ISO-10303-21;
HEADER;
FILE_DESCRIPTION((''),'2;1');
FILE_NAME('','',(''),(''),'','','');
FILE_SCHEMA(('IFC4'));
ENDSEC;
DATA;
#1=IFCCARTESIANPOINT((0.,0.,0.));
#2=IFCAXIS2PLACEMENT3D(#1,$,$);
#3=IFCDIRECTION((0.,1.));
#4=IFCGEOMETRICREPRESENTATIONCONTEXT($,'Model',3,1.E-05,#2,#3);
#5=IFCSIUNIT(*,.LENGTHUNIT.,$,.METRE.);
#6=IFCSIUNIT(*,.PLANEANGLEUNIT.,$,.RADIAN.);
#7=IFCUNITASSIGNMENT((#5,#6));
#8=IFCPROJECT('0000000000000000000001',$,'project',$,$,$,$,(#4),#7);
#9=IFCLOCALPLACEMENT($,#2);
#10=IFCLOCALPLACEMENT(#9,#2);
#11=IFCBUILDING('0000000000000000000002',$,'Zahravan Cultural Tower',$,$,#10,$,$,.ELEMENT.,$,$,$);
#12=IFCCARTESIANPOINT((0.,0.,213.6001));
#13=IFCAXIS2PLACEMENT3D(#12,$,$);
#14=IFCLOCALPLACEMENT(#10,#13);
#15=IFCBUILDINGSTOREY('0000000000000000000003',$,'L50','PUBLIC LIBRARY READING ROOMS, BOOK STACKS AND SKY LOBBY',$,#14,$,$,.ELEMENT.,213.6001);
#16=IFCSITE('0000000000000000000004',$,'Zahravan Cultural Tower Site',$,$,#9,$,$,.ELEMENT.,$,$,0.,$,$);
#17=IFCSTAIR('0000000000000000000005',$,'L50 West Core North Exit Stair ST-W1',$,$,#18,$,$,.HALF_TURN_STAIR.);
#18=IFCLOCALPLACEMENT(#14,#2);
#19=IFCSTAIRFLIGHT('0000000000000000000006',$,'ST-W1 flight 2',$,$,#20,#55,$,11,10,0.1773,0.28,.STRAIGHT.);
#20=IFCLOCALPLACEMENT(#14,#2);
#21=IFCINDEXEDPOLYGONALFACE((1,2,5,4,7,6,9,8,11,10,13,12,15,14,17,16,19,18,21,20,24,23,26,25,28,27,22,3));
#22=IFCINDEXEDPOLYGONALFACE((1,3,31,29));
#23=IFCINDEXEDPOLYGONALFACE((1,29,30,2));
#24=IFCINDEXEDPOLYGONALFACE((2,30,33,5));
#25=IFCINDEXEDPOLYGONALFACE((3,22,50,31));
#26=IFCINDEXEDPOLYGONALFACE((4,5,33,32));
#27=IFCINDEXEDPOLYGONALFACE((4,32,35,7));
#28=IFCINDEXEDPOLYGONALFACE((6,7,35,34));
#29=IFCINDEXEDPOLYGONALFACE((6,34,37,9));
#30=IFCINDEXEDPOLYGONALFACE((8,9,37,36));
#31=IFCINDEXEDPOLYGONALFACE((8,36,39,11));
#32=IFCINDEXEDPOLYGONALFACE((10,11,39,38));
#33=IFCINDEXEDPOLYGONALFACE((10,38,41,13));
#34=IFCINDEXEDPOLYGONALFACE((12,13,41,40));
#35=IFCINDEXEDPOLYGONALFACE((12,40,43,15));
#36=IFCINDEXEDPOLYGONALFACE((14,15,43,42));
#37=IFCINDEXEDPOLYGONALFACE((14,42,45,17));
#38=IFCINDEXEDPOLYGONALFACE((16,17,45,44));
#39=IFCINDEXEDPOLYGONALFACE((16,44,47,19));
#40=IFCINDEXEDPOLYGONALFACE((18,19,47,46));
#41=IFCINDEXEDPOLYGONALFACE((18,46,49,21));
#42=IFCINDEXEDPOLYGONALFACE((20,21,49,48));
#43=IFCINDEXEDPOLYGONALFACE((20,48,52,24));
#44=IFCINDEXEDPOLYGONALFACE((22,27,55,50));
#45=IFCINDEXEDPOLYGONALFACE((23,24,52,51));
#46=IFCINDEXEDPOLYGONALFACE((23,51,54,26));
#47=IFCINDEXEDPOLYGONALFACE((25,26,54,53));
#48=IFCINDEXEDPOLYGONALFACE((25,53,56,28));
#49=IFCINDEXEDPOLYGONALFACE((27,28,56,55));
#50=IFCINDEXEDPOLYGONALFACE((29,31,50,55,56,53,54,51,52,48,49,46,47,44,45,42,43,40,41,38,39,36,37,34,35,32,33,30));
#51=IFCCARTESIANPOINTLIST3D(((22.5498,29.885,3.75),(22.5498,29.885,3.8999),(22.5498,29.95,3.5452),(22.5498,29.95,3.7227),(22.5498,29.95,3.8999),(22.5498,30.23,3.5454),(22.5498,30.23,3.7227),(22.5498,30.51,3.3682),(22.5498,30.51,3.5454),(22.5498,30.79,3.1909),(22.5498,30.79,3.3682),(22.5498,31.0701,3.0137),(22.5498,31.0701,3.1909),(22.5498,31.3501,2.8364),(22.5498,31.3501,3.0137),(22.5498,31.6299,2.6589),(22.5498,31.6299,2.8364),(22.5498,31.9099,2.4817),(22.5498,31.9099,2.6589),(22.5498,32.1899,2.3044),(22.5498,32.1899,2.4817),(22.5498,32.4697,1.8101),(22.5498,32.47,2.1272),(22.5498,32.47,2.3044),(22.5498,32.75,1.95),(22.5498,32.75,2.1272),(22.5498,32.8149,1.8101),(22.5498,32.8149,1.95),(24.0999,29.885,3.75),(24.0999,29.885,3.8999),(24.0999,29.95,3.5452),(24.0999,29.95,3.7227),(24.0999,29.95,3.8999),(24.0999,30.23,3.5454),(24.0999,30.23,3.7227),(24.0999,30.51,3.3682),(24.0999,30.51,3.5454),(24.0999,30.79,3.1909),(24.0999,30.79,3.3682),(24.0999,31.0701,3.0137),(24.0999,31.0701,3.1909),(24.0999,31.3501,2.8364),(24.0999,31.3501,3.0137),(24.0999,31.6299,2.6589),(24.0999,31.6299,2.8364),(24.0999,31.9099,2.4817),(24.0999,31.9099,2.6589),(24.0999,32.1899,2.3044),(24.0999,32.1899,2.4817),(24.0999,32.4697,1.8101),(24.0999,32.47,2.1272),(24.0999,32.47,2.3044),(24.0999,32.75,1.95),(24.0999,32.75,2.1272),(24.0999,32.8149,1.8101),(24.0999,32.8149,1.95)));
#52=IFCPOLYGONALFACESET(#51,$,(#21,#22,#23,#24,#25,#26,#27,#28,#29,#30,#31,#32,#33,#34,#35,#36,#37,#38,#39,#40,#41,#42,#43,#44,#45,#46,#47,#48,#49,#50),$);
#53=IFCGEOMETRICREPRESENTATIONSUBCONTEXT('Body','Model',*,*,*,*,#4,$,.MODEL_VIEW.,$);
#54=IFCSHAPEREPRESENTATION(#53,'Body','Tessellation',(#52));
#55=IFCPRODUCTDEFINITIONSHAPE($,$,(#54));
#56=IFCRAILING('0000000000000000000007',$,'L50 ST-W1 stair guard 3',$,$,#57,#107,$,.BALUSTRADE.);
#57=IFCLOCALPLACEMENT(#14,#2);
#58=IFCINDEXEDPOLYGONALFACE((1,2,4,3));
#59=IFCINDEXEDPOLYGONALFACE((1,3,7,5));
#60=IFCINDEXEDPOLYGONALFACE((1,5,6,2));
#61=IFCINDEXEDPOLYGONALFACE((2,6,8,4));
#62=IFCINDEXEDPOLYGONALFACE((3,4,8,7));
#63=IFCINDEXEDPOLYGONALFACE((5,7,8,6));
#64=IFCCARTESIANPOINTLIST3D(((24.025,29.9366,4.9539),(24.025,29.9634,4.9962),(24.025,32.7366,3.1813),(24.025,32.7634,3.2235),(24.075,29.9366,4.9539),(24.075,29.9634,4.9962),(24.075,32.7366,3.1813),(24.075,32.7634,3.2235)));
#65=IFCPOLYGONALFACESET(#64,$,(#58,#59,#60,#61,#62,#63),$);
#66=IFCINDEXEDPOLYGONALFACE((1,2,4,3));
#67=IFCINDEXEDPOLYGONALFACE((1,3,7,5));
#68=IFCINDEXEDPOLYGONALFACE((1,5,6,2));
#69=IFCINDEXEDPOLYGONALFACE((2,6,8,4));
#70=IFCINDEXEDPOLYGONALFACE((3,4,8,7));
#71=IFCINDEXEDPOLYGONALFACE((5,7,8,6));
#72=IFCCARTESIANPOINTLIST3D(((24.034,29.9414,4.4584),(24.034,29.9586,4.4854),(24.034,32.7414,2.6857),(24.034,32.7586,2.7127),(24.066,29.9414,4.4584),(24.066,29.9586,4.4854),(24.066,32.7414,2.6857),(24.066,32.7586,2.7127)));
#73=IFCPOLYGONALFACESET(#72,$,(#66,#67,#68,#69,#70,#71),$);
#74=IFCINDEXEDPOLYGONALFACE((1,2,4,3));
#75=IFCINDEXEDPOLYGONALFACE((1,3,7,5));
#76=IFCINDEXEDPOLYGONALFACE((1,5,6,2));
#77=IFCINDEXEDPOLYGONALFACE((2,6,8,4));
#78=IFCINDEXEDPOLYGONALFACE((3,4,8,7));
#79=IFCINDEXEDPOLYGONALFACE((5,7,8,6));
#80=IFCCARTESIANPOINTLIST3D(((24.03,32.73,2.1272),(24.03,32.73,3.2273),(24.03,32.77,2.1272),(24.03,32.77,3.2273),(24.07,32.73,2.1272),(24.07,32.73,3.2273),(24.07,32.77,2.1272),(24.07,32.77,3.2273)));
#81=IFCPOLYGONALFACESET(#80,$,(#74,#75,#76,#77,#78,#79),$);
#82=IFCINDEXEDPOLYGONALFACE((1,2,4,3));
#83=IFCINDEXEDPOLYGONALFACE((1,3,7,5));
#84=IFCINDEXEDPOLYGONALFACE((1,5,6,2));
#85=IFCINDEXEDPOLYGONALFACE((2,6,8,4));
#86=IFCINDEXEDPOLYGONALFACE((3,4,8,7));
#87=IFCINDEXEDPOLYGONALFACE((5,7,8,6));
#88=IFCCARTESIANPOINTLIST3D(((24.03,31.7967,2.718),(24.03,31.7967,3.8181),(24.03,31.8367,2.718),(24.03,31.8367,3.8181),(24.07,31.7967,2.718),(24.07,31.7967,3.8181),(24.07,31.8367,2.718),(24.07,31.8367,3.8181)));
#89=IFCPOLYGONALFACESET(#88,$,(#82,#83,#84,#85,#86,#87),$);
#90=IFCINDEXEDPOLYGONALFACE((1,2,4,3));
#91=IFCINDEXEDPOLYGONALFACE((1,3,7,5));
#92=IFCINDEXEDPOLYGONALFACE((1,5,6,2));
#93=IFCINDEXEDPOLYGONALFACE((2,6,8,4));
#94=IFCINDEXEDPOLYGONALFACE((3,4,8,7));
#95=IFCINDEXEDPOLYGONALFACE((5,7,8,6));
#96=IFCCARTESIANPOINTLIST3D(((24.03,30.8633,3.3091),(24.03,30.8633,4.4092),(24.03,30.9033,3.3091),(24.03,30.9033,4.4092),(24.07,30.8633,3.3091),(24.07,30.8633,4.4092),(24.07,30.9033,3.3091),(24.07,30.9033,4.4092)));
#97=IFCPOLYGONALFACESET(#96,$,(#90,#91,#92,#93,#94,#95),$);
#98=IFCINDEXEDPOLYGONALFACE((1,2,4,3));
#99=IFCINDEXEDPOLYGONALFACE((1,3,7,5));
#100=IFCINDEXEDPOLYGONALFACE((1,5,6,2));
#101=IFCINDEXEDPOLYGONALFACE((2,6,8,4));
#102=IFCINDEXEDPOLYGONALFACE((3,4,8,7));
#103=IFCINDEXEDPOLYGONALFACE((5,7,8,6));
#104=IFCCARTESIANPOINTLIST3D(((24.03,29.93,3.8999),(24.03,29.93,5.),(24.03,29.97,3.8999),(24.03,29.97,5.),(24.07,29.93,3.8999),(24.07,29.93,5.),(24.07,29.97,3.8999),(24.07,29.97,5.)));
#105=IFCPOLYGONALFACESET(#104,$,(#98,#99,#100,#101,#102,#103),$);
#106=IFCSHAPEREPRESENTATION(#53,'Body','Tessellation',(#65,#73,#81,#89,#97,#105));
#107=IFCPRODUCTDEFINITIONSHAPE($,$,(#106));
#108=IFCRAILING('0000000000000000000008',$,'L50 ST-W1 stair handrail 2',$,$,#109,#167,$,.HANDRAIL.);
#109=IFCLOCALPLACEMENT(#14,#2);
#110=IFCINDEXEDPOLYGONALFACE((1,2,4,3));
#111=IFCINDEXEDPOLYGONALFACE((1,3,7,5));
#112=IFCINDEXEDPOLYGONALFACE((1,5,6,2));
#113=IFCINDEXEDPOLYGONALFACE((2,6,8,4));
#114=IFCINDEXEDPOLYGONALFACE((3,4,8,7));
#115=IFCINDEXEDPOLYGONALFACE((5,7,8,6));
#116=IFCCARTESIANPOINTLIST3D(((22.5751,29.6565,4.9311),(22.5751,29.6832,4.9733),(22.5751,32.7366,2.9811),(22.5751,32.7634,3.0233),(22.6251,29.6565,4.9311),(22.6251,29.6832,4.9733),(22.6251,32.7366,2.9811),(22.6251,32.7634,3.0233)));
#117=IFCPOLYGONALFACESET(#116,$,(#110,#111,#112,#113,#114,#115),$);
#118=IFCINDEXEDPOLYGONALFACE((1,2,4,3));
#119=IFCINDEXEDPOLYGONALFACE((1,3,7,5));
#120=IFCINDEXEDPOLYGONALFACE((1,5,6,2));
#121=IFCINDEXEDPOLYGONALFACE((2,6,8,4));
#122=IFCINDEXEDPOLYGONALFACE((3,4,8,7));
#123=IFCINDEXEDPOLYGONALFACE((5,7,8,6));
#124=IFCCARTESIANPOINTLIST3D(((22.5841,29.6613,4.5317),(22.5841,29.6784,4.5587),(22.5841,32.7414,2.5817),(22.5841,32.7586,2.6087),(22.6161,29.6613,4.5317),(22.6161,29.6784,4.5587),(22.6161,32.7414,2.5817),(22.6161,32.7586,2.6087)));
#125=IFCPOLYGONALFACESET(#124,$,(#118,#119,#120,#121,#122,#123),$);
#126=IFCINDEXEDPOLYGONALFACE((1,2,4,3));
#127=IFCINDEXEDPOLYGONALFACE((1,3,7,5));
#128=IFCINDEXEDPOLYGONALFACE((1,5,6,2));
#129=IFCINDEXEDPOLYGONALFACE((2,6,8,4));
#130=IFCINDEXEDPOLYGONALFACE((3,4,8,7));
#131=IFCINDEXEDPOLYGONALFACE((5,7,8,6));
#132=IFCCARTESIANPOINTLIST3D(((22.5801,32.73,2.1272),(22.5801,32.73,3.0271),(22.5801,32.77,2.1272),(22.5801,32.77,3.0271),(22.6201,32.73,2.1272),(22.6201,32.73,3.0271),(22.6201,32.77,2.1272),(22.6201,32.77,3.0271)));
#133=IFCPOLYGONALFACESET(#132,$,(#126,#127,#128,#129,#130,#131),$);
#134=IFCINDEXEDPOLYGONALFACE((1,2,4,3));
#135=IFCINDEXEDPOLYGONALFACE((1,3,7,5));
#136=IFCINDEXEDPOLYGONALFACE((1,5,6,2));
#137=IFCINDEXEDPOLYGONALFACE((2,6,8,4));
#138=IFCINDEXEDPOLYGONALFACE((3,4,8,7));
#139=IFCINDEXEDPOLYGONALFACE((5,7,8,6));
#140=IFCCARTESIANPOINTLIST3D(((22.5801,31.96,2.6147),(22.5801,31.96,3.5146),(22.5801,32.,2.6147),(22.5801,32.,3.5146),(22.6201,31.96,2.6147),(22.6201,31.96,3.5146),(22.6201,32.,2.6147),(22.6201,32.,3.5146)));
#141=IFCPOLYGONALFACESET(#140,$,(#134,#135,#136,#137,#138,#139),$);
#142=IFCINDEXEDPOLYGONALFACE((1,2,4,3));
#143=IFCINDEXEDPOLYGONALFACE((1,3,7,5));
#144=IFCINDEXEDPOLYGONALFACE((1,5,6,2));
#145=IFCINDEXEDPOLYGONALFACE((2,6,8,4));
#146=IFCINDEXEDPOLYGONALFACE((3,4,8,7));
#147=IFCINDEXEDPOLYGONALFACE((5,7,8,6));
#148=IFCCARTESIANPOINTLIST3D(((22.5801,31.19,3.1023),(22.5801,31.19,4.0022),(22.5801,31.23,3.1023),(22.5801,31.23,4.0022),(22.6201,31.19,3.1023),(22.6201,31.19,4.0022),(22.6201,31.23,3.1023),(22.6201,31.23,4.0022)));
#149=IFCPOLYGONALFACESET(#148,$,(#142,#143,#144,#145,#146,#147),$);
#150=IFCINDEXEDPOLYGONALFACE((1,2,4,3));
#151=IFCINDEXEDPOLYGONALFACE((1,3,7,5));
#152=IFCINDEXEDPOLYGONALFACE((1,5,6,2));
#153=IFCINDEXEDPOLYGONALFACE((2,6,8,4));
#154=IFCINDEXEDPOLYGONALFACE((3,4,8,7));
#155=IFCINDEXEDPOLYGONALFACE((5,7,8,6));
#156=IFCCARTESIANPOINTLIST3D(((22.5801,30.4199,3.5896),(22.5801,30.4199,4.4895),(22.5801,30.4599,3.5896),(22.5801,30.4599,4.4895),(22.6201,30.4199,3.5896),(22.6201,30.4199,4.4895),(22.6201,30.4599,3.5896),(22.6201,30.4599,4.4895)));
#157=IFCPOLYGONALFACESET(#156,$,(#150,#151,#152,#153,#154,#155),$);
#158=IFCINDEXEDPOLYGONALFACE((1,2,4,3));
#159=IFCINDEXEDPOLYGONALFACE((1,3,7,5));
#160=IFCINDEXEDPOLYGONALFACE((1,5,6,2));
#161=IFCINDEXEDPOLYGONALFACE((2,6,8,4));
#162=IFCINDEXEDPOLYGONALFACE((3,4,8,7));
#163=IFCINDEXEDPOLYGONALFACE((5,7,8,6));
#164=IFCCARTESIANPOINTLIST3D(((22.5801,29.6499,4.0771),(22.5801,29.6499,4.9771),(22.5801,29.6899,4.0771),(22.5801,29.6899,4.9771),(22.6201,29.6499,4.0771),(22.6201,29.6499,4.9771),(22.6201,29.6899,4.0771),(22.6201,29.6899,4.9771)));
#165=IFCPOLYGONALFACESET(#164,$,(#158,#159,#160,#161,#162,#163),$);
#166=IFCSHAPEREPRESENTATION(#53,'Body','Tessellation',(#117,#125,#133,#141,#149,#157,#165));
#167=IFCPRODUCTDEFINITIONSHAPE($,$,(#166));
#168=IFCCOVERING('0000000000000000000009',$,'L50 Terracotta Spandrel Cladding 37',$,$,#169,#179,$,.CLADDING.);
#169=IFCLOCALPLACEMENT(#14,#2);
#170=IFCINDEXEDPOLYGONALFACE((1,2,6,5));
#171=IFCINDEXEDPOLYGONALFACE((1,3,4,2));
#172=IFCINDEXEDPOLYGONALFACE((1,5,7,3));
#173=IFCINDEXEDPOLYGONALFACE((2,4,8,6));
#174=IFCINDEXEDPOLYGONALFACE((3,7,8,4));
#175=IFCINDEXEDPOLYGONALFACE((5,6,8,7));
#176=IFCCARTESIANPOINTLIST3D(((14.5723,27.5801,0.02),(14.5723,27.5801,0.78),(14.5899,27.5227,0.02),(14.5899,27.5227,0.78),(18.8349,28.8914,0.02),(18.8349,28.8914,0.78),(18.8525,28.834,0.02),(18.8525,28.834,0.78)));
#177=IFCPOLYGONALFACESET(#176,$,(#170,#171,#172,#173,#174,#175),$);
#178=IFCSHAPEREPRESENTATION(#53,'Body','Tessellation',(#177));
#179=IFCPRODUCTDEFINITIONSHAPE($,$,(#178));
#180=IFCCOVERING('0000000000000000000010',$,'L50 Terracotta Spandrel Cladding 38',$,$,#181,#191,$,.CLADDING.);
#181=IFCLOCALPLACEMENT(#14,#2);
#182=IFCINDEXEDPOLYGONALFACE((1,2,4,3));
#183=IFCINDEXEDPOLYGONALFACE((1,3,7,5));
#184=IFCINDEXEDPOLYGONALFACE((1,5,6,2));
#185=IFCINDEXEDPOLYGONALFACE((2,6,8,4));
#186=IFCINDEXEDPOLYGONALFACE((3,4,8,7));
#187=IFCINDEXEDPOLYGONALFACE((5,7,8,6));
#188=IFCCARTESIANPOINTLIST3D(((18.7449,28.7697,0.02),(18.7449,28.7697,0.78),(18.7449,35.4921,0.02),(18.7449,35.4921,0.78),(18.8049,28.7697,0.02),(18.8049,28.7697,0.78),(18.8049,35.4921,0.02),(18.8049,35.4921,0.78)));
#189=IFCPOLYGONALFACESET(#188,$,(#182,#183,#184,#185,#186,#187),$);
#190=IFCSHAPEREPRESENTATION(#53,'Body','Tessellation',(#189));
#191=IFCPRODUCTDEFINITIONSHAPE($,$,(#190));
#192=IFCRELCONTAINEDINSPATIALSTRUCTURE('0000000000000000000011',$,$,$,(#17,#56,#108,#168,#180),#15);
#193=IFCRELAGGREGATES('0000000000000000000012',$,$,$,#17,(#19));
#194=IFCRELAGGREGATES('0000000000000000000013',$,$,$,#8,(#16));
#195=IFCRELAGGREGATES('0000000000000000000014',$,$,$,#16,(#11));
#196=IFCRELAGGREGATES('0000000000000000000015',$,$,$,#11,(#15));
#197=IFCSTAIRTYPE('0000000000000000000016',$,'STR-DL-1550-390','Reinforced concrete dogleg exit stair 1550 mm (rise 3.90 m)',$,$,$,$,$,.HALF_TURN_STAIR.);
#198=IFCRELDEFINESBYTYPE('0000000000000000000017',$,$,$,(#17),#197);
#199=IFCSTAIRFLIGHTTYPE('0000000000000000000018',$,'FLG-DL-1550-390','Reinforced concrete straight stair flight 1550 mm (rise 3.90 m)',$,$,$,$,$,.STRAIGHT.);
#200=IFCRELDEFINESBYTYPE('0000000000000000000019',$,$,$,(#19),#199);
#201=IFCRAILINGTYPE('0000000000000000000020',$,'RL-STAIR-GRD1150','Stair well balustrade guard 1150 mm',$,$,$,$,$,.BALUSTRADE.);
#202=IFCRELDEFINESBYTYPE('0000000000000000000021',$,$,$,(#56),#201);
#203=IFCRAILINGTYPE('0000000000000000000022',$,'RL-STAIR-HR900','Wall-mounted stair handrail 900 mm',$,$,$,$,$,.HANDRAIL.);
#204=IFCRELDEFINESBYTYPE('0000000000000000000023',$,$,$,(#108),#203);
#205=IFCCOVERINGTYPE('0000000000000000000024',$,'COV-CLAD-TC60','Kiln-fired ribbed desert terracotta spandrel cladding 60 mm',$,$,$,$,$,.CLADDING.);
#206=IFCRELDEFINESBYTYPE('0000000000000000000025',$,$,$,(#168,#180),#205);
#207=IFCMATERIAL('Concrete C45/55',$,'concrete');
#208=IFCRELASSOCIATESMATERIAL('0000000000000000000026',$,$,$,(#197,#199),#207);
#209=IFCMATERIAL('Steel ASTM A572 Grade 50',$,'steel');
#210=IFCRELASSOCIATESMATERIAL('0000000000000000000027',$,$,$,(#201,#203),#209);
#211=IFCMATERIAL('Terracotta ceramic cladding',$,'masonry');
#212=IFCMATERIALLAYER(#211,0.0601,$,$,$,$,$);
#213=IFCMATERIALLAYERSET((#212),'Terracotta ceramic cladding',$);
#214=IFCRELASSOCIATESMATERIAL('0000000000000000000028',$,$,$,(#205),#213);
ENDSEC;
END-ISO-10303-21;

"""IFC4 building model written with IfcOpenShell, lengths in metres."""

from ifc_helpers import new_model, si_unit, direction, frame, origin, origin_2d, place, context, subcontext, project, spatial, polyline, rectangle, outline, extrude, source, transform, mapped, material, layer, layer_set, type_object, element, aggregate, save


model = new_model("IFC4")

# Units and contexts
model_context = context("Model", 3, precision=1e-05, world=origin(), true_north=direction((0.0, 1.0)))
body_context = subcontext(model_context, "Body", "Model", "MODEL_VIEW")
ifc_project = project(units=[si_unit("LENGTHUNIT", "METRE"), si_unit("PLANEANGLEUNIT", "RADIAN")], contexts=[model_context])

# Site, building, storey
site_placement = place(None, origin())
site = spatial("IfcSite", under=ifc_project, at=site_placement, Name="Zahravan Cultural Tower Site", CompositionType="ELEMENT", RefElevation=0.0)
building_placement = place(site_placement, origin())
building = spatial("IfcBuilding", under=site, at=building_placement, Name="Zahravan Cultural Tower", CompositionType="ELEMENT")
storey_placement = place(building_placement, frame((0.0, 0.0, 213.6001)))
storey = spatial("IfcBuildingStorey", under=building, at=storey_placement, Name="L50", Description="PUBLIC LIBRARY READING ROOMS, BOOK STACKS AND SKY LOBBY", CompositionType="ELEMENT", Elevation=213.6001)

# Shared definitions
ifc_material_1 = material(Name="Concrete C45/55", Category="concrete")

# Stair, stair flight
stair_type = type_object("IfcStairType", Name="STR-DL-1550-390", Description="Reinforced concrete dogleg exit stair 1550 mm (rise 3.90 m)", PredefinedType="HALF_TURN_STAIR", material=ifc_material_1)
stair_placement = place(storey_placement, origin())
stair = element("IfcStair", 1, at=stair_placement, inside=storey, type_object=stair_type, Name="L50 West Core North Exit Stair ST-W1", PredefinedType="HALF_TURN_STAIR")
stair_flight_type = type_object("IfcStairFlightType", Name="FLG-DL-1550-390", Description="Reinforced concrete straight stair flight 1550 mm (rise 3.90 m)", PredefinedType="STRAIGHT", material=ifc_material_1)
stair_flight_placement = place(storey_placement, frame((23.325, 32.75, 1.95), z_axis=(0.0, 0.0, 1.0), x_axis=(0.0, -1.0, 0.0)))
stair_flight = element("IfcStairFlight", 2, at=stair_flight_placement, type_object=stair_flight_type, Name="ST-W1 flight 2", NumberOfRisers=11, NumberOfTreads=10, PredefinedType="STRAIGHT", RiserHeight=0.1773, TreadLength=0.28, context=body_context, shape_type="SweptSolid", body=[
    extrude(outline(polyline([(-0.0649, -0.1399), (-0.0649, 0.0), (0.0, 0.0), (0.0, 0.1772), (0.28, 0.1772), (0.28, 0.3545), (0.5601, 0.3545), (0.5601, 0.5317), (0.8401, 0.5317), (0.8401, 0.709), (1.1201, 0.709), (1.1201, 0.8865), (1.3999, 0.8865), (1.3999, 1.0637), (1.6799, 1.0637), (1.6799, 1.241), (1.96, 1.241), (1.96, 1.4182), (2.24, 1.4182), (2.24, 1.5955), (2.52, 1.5955), (2.52, 1.7727), (2.8, 1.7727), (2.8, 1.95), (2.865, 1.95), (2.865, 1.8), (2.8, 1.5952), (0.2803, -0.1399), (-0.0649, -0.1399)])), frame((0.0, 0.7749, 0.0), z_axis=(0.0, -1.0, 0.0), x_axis=(1.0, 0.0, 0.0)), (0.0, 0.0, 1.0), 1.55),
])
aggregate(stair, [stair_flight])

# Railings
ifc_material_2 = material(Name="Steel ASTM A572 Grade 50", Category="steel")
railing_type_1 = type_object("IfcRailingType", Name="RL-STAIR-GRD1150", Description="Stair well balustrade guard 1150 mm", PredefinedType="BALUSTRADE", material=ifc_material_2)
railing_1_placement = place(storey_placement, frame((24.05, 32.75, 2.1272)))
element("IfcRailing", 3, at=railing_1_placement, inside=storey, type_object=railing_type_1, Name="L50 ST-W1 stair guard 3", PredefinedType="BALUSTRADE", context=body_context, shape_type="SweptSolid", body=[
    extrude(rectangle(XDim=0.05, YDim=0.05, at=origin_2d()), frame((0.0, 0.0, 1.0752), z_axis=(0.0, -0.844909, 0.53491), x_axis=(1.0, 0.0, 0.0)), (0.0, 0.0, 1.0), 3.314),
    extrude(rectangle(XDim=0.032, YDim=0.032, at=origin_2d()), frame((0.0, 0.0, 0.572), z_axis=(0.0, -0.844909, 0.53491), x_axis=(1.0, 0.0, 0.0)), (0.0, 0.0, 1.0), 3.314),
    extrude(rectangle(XDim=0.04, YDim=0.04, at=origin_2d()), origin(), (0.0, 0.0, 1.0), 1.1001),
    extrude(rectangle(XDim=0.04, YDim=0.04, at=origin_2d()), frame((0.0, -0.9333, 0.5908)), (0.0, 0.0, 1.0), 1.1001),
    extrude(rectangle(XDim=0.04, YDim=0.04, at=origin_2d()), frame((0.0, -1.8667, 1.1819)), (0.0, 0.0, 1.0), 1.1001),
    extrude(rectangle(XDim=0.04, YDim=0.04, at=origin_2d()), frame((0.0, -2.8, 1.7727)), (0.0, 0.0, 1.0), 1.1001),
])
railing_type_2 = type_object("IfcRailingType", Name="RL-STAIR-HR900", Description="Wall-mounted stair handrail 900 mm", PredefinedType="HANDRAIL", material=ifc_material_2)
railing_2_placement = place(storey_placement, frame((22.6001, 32.75, 2.1272)))
element("IfcRailing", 4, at=railing_2_placement, inside=storey, type_object=railing_type_2, Name="L50 ST-W1 stair handrail 2", PredefinedType="HANDRAIL", context=body_context, shape_type="SweptSolid", body=[
    extrude(rectangle(XDim=0.05, YDim=0.05, at=origin_2d()), frame((0.0, 0.0, 0.875), z_axis=(0.0, -0.844914, 0.534902), x_axis=(1.0, 0.0, 0.0)), (0.0, 0.0, 1.0), 3.6455),
    extrude(rectangle(XDim=0.032, YDim=0.032, at=origin_2d()), frame((0.0, 0.0, 0.468), z_axis=(0.0, -0.844914, 0.534902), x_axis=(1.0, 0.0, 0.0)), (0.0, 0.0, 1.0), 3.6455),
    extrude(rectangle(XDim=0.04, YDim=0.04, at=origin_2d()), origin(), (0.0, 0.0, 1.0), 0.8999),
    extrude(rectangle(XDim=0.04, YDim=0.04, at=origin_2d()), frame((0.0, -0.77, 0.4875)), (0.0, 0.0, 1.0), 0.8999),
    extrude(rectangle(XDim=0.04, YDim=0.04, at=origin_2d()), frame((0.0, -1.54, 0.9751)), (0.0, 0.0, 1.0), 0.8999),
    extrude(rectangle(XDim=0.04, YDim=0.04, at=origin_2d()), frame((0.0, -2.3101, 1.4624)), (0.0, 0.0, 1.0), 0.8999),
    extrude(rectangle(XDim=0.04, YDim=0.04, at=origin_2d()), frame((0.0, -3.0801, 1.95)), (0.0, 0.0, 1.0), 0.8999),
])

# Coverings
ifc_material_3 = material(Name="Terracotta ceramic cladding", Category="masonry")
ifc_layer_1 = layer(ifc_material_3, 0.0601)
ifc_layer_set_1 = layer_set([ifc_layer_1], Name="Terracotta ceramic cladding")
covering_type = type_object("IfcCoveringType", Name="COV-CLAD-TC60", Description="Kiln-fired ribbed desert terracotta spandrel cladding 60 mm", PredefinedType="CLADDING", material=ifc_layer_set_1)
shared_shape_1 = source(origin(), body_context, "Body", "SweptSolid", [
    extrude(rectangle(XDim=4.4597, YDim=0.0601, at=origin_2d()), origin(), (0.0, 0.0, 1.0), 0.76),
])
covering_1_placement = place(storey_placement, frame((16.7124, 28.207, 0.02), z_axis=(0.0, 0.0, 1.0), x_axis=(0.955798, 0.294024, 0.0)))
element("IfcCovering", 5, at=covering_1_placement, inside=storey, type_object=covering_type, Name="L50 Terracotta Spandrel Cladding 37", PredefinedType="CLADDING", context=body_context, shape_type="MappedRepresentation", body=[
    mapped(shared_shape_1, transform((0.0, 0.0, 0.0), x_axis=(1.0, 0.0, 0.0), y_axis=(0.0, 1.0, 0.0), z_axis=(0.0, 0.0, 1.0), scale=1.0)),
])
shared_shape_2 = source(origin(), body_context, "Body", "SweptSolid", [
    extrude(rectangle(XDim=6.7224, YDim=0.0601, at=origin_2d()), origin(), (0.0, 0.0, 1.0), 0.76),
])
covering_2_placement = place(storey_placement, frame((18.7749, 32.1309, 0.02), z_axis=(0.0, 0.0, 1.0), x_axis=(0.0, 1.0, 0.0)))
element("IfcCovering", 6, at=covering_2_placement, inside=storey, type_object=covering_type, Name="L50 Terracotta Spandrel Cladding 38", PredefinedType="CLADDING", context=body_context, shape_type="MappedRepresentation", body=[
    mapped(shared_shape_2, transform((0.0, 0.0, 0.0), x_axis=(1.0, 0.0, 0.0), y_axis=(0.0, 1.0, 0.0), z_axis=(0.0, 0.0, 1.0), scale=1.0)),
])

save(model, "model.ifc")
